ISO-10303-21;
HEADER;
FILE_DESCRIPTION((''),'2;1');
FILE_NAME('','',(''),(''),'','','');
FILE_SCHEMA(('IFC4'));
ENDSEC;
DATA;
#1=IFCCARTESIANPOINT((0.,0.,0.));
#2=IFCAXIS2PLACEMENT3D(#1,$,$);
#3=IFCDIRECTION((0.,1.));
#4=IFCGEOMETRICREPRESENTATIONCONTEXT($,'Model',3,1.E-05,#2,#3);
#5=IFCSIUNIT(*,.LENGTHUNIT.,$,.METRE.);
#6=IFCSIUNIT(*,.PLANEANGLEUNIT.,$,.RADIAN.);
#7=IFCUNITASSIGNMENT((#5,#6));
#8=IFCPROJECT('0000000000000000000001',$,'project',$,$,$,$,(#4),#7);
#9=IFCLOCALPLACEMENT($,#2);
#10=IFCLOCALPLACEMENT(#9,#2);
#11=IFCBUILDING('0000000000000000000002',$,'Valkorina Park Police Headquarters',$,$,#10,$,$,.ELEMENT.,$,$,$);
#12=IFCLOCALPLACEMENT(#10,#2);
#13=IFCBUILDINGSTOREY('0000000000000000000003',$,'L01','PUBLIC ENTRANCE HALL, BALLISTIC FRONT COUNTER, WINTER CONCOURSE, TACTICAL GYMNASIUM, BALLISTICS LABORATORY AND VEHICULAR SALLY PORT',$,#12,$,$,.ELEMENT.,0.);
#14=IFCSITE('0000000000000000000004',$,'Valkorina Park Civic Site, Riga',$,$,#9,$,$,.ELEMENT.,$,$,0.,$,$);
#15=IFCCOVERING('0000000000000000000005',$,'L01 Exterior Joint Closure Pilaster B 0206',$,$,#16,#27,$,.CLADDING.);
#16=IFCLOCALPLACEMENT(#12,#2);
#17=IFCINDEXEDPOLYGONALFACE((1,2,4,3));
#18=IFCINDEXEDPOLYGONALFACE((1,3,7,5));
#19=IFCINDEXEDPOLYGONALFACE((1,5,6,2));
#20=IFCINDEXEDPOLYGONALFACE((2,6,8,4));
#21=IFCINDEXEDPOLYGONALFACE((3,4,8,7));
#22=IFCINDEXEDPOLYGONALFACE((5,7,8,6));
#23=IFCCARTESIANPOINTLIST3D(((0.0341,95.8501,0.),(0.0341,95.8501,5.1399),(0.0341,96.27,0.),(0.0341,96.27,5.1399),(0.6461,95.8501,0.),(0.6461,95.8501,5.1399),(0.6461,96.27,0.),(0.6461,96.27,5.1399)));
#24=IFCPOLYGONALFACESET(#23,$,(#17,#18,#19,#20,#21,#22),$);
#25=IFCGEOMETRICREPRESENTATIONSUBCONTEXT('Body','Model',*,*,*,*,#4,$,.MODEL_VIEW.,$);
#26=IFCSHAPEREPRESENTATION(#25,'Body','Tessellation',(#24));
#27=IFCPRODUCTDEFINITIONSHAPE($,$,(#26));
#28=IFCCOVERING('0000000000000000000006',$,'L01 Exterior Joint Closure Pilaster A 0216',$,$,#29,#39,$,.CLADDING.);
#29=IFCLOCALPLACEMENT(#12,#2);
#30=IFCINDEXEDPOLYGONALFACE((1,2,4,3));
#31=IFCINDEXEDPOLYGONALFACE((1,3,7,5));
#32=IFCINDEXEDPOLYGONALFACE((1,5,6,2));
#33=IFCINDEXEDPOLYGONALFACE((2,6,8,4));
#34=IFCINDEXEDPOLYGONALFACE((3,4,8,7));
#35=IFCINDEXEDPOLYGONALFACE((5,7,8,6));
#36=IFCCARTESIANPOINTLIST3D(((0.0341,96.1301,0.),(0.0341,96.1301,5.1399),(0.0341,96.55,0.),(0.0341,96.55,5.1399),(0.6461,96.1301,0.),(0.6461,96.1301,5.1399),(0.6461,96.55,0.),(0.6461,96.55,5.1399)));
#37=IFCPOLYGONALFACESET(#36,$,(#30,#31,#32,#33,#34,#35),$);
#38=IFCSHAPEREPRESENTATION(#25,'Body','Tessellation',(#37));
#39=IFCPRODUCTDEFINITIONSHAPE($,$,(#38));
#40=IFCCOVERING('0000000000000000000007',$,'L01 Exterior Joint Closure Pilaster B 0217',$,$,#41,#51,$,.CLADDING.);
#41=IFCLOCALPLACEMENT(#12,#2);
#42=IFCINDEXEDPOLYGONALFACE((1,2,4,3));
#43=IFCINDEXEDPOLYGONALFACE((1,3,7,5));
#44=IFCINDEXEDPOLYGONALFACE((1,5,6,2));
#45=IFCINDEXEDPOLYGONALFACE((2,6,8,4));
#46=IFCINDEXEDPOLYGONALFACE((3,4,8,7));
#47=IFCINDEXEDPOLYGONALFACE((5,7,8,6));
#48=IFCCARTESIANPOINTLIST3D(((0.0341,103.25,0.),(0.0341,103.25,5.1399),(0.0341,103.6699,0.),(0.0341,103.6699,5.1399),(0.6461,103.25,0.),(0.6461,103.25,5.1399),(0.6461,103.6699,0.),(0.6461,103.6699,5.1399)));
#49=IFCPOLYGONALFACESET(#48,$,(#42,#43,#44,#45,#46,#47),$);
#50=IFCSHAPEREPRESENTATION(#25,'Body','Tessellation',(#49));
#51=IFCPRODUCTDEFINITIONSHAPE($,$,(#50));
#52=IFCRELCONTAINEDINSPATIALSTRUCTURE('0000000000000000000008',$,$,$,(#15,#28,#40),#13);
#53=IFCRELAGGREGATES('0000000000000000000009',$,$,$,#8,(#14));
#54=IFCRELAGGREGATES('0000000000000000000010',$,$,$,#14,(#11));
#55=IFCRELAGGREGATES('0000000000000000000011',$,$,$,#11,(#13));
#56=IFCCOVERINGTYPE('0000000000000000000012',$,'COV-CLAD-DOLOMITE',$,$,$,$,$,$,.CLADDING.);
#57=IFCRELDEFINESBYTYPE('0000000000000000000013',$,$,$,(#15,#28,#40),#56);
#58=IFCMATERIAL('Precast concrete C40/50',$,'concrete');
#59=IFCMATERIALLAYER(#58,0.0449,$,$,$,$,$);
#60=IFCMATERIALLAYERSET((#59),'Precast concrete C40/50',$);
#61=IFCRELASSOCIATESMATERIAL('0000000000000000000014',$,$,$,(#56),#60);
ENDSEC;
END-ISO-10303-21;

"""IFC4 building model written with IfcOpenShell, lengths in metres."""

from ifc_helpers import new_model, si_unit, direction, frame, origin, origin_2d, place, context, subcontext, project, spatial, rectangle, extrude, material, layer, layer_set, type_object, element, save


model = new_model("IFC4")

# Units and contexts
model_context = context("Model", 3, precision=1e-05, world=origin(), true_north=direction((0.0, 1.0)))
body_context = subcontext(model_context, "Body", "Model", "MODEL_VIEW")
ifc_project = project(units=[si_unit("LENGTHUNIT", "METRE"), si_unit("PLANEANGLEUNIT", "RADIAN")], contexts=[model_context])

# Site, building, storey
site_placement = place(None, origin())
site = spatial("IfcSite", under=ifc_project, at=site_placement, Name="Valkorina Park Civic Site, Riga", CompositionType="ELEMENT", RefElevation=0.0)
building_placement = place(site_placement, origin())
building = spatial("IfcBuilding", under=site, at=building_placement, Name="Valkorina Park Police Headquarters", CompositionType="ELEMENT")
storey_placement = place(building_placement, origin())
storey = spatial("IfcBuildingStorey", under=building, at=storey_placement, Name="L01", Description="PUBLIC ENTRANCE HALL, BALLISTIC FRONT COUNTER, WINTER CONCOURSE, TACTICAL GYMNASIUM, BALLISTICS LABORATORY AND VEHICULAR SALLY PORT", CompositionType="ELEMENT", Elevation=0.0)

# Shared definitions
ifc_material_1 = material(Name="Precast concrete C40/50", Category="concrete")

# Coverings
ifc_layer_1 = layer(ifc_material_1, 0.0449)
ifc_layer_set_1 = layer_set([ifc_layer_1], Name="Precast concrete C40/50")
covering_type = type_object("IfcCoveringType", Name="COV-CLAD-DOLOMITE", PredefinedType="CLADDING", material=ifc_layer_set_1)
for number, where, z_axis, x_axis, name in (
    (1, (0.3401, 96.0601, 0.0), (0.0, 0.0, 1.0), (0.0, 1.0, 0.0), "L01 Exterior Joint Closure Pilaster B 0206"),
    (2, (0.3401, 96.3401, 0.0), (0.0, 0.0, 1.0), (0.0, 1.0, 0.0), "L01 Exterior Joint Closure Pilaster A 0216"),
    (3, (0.3401, 103.46, 0.0), (0.0, 0.0, 1.0), (0.0, 1.0, 0.0), "L01 Exterior Joint Closure Pilaster B 0217"),
):
    element("IfcCovering", number, at=place(storey_placement, frame(where, z_axis=z_axis, x_axis=x_axis)), inside=storey, type_object=covering_type, Name=name, PredefinedType="CLADDING", context=body_context, shape_type="SweptSolid", body=[
        extrude(rectangle(XDim=0.4199, YDim=0.6121, at=origin_2d()), origin(), (0.0, 0.0, 1.0), 5.1399),
    ])

save(model, "model.ifc")
